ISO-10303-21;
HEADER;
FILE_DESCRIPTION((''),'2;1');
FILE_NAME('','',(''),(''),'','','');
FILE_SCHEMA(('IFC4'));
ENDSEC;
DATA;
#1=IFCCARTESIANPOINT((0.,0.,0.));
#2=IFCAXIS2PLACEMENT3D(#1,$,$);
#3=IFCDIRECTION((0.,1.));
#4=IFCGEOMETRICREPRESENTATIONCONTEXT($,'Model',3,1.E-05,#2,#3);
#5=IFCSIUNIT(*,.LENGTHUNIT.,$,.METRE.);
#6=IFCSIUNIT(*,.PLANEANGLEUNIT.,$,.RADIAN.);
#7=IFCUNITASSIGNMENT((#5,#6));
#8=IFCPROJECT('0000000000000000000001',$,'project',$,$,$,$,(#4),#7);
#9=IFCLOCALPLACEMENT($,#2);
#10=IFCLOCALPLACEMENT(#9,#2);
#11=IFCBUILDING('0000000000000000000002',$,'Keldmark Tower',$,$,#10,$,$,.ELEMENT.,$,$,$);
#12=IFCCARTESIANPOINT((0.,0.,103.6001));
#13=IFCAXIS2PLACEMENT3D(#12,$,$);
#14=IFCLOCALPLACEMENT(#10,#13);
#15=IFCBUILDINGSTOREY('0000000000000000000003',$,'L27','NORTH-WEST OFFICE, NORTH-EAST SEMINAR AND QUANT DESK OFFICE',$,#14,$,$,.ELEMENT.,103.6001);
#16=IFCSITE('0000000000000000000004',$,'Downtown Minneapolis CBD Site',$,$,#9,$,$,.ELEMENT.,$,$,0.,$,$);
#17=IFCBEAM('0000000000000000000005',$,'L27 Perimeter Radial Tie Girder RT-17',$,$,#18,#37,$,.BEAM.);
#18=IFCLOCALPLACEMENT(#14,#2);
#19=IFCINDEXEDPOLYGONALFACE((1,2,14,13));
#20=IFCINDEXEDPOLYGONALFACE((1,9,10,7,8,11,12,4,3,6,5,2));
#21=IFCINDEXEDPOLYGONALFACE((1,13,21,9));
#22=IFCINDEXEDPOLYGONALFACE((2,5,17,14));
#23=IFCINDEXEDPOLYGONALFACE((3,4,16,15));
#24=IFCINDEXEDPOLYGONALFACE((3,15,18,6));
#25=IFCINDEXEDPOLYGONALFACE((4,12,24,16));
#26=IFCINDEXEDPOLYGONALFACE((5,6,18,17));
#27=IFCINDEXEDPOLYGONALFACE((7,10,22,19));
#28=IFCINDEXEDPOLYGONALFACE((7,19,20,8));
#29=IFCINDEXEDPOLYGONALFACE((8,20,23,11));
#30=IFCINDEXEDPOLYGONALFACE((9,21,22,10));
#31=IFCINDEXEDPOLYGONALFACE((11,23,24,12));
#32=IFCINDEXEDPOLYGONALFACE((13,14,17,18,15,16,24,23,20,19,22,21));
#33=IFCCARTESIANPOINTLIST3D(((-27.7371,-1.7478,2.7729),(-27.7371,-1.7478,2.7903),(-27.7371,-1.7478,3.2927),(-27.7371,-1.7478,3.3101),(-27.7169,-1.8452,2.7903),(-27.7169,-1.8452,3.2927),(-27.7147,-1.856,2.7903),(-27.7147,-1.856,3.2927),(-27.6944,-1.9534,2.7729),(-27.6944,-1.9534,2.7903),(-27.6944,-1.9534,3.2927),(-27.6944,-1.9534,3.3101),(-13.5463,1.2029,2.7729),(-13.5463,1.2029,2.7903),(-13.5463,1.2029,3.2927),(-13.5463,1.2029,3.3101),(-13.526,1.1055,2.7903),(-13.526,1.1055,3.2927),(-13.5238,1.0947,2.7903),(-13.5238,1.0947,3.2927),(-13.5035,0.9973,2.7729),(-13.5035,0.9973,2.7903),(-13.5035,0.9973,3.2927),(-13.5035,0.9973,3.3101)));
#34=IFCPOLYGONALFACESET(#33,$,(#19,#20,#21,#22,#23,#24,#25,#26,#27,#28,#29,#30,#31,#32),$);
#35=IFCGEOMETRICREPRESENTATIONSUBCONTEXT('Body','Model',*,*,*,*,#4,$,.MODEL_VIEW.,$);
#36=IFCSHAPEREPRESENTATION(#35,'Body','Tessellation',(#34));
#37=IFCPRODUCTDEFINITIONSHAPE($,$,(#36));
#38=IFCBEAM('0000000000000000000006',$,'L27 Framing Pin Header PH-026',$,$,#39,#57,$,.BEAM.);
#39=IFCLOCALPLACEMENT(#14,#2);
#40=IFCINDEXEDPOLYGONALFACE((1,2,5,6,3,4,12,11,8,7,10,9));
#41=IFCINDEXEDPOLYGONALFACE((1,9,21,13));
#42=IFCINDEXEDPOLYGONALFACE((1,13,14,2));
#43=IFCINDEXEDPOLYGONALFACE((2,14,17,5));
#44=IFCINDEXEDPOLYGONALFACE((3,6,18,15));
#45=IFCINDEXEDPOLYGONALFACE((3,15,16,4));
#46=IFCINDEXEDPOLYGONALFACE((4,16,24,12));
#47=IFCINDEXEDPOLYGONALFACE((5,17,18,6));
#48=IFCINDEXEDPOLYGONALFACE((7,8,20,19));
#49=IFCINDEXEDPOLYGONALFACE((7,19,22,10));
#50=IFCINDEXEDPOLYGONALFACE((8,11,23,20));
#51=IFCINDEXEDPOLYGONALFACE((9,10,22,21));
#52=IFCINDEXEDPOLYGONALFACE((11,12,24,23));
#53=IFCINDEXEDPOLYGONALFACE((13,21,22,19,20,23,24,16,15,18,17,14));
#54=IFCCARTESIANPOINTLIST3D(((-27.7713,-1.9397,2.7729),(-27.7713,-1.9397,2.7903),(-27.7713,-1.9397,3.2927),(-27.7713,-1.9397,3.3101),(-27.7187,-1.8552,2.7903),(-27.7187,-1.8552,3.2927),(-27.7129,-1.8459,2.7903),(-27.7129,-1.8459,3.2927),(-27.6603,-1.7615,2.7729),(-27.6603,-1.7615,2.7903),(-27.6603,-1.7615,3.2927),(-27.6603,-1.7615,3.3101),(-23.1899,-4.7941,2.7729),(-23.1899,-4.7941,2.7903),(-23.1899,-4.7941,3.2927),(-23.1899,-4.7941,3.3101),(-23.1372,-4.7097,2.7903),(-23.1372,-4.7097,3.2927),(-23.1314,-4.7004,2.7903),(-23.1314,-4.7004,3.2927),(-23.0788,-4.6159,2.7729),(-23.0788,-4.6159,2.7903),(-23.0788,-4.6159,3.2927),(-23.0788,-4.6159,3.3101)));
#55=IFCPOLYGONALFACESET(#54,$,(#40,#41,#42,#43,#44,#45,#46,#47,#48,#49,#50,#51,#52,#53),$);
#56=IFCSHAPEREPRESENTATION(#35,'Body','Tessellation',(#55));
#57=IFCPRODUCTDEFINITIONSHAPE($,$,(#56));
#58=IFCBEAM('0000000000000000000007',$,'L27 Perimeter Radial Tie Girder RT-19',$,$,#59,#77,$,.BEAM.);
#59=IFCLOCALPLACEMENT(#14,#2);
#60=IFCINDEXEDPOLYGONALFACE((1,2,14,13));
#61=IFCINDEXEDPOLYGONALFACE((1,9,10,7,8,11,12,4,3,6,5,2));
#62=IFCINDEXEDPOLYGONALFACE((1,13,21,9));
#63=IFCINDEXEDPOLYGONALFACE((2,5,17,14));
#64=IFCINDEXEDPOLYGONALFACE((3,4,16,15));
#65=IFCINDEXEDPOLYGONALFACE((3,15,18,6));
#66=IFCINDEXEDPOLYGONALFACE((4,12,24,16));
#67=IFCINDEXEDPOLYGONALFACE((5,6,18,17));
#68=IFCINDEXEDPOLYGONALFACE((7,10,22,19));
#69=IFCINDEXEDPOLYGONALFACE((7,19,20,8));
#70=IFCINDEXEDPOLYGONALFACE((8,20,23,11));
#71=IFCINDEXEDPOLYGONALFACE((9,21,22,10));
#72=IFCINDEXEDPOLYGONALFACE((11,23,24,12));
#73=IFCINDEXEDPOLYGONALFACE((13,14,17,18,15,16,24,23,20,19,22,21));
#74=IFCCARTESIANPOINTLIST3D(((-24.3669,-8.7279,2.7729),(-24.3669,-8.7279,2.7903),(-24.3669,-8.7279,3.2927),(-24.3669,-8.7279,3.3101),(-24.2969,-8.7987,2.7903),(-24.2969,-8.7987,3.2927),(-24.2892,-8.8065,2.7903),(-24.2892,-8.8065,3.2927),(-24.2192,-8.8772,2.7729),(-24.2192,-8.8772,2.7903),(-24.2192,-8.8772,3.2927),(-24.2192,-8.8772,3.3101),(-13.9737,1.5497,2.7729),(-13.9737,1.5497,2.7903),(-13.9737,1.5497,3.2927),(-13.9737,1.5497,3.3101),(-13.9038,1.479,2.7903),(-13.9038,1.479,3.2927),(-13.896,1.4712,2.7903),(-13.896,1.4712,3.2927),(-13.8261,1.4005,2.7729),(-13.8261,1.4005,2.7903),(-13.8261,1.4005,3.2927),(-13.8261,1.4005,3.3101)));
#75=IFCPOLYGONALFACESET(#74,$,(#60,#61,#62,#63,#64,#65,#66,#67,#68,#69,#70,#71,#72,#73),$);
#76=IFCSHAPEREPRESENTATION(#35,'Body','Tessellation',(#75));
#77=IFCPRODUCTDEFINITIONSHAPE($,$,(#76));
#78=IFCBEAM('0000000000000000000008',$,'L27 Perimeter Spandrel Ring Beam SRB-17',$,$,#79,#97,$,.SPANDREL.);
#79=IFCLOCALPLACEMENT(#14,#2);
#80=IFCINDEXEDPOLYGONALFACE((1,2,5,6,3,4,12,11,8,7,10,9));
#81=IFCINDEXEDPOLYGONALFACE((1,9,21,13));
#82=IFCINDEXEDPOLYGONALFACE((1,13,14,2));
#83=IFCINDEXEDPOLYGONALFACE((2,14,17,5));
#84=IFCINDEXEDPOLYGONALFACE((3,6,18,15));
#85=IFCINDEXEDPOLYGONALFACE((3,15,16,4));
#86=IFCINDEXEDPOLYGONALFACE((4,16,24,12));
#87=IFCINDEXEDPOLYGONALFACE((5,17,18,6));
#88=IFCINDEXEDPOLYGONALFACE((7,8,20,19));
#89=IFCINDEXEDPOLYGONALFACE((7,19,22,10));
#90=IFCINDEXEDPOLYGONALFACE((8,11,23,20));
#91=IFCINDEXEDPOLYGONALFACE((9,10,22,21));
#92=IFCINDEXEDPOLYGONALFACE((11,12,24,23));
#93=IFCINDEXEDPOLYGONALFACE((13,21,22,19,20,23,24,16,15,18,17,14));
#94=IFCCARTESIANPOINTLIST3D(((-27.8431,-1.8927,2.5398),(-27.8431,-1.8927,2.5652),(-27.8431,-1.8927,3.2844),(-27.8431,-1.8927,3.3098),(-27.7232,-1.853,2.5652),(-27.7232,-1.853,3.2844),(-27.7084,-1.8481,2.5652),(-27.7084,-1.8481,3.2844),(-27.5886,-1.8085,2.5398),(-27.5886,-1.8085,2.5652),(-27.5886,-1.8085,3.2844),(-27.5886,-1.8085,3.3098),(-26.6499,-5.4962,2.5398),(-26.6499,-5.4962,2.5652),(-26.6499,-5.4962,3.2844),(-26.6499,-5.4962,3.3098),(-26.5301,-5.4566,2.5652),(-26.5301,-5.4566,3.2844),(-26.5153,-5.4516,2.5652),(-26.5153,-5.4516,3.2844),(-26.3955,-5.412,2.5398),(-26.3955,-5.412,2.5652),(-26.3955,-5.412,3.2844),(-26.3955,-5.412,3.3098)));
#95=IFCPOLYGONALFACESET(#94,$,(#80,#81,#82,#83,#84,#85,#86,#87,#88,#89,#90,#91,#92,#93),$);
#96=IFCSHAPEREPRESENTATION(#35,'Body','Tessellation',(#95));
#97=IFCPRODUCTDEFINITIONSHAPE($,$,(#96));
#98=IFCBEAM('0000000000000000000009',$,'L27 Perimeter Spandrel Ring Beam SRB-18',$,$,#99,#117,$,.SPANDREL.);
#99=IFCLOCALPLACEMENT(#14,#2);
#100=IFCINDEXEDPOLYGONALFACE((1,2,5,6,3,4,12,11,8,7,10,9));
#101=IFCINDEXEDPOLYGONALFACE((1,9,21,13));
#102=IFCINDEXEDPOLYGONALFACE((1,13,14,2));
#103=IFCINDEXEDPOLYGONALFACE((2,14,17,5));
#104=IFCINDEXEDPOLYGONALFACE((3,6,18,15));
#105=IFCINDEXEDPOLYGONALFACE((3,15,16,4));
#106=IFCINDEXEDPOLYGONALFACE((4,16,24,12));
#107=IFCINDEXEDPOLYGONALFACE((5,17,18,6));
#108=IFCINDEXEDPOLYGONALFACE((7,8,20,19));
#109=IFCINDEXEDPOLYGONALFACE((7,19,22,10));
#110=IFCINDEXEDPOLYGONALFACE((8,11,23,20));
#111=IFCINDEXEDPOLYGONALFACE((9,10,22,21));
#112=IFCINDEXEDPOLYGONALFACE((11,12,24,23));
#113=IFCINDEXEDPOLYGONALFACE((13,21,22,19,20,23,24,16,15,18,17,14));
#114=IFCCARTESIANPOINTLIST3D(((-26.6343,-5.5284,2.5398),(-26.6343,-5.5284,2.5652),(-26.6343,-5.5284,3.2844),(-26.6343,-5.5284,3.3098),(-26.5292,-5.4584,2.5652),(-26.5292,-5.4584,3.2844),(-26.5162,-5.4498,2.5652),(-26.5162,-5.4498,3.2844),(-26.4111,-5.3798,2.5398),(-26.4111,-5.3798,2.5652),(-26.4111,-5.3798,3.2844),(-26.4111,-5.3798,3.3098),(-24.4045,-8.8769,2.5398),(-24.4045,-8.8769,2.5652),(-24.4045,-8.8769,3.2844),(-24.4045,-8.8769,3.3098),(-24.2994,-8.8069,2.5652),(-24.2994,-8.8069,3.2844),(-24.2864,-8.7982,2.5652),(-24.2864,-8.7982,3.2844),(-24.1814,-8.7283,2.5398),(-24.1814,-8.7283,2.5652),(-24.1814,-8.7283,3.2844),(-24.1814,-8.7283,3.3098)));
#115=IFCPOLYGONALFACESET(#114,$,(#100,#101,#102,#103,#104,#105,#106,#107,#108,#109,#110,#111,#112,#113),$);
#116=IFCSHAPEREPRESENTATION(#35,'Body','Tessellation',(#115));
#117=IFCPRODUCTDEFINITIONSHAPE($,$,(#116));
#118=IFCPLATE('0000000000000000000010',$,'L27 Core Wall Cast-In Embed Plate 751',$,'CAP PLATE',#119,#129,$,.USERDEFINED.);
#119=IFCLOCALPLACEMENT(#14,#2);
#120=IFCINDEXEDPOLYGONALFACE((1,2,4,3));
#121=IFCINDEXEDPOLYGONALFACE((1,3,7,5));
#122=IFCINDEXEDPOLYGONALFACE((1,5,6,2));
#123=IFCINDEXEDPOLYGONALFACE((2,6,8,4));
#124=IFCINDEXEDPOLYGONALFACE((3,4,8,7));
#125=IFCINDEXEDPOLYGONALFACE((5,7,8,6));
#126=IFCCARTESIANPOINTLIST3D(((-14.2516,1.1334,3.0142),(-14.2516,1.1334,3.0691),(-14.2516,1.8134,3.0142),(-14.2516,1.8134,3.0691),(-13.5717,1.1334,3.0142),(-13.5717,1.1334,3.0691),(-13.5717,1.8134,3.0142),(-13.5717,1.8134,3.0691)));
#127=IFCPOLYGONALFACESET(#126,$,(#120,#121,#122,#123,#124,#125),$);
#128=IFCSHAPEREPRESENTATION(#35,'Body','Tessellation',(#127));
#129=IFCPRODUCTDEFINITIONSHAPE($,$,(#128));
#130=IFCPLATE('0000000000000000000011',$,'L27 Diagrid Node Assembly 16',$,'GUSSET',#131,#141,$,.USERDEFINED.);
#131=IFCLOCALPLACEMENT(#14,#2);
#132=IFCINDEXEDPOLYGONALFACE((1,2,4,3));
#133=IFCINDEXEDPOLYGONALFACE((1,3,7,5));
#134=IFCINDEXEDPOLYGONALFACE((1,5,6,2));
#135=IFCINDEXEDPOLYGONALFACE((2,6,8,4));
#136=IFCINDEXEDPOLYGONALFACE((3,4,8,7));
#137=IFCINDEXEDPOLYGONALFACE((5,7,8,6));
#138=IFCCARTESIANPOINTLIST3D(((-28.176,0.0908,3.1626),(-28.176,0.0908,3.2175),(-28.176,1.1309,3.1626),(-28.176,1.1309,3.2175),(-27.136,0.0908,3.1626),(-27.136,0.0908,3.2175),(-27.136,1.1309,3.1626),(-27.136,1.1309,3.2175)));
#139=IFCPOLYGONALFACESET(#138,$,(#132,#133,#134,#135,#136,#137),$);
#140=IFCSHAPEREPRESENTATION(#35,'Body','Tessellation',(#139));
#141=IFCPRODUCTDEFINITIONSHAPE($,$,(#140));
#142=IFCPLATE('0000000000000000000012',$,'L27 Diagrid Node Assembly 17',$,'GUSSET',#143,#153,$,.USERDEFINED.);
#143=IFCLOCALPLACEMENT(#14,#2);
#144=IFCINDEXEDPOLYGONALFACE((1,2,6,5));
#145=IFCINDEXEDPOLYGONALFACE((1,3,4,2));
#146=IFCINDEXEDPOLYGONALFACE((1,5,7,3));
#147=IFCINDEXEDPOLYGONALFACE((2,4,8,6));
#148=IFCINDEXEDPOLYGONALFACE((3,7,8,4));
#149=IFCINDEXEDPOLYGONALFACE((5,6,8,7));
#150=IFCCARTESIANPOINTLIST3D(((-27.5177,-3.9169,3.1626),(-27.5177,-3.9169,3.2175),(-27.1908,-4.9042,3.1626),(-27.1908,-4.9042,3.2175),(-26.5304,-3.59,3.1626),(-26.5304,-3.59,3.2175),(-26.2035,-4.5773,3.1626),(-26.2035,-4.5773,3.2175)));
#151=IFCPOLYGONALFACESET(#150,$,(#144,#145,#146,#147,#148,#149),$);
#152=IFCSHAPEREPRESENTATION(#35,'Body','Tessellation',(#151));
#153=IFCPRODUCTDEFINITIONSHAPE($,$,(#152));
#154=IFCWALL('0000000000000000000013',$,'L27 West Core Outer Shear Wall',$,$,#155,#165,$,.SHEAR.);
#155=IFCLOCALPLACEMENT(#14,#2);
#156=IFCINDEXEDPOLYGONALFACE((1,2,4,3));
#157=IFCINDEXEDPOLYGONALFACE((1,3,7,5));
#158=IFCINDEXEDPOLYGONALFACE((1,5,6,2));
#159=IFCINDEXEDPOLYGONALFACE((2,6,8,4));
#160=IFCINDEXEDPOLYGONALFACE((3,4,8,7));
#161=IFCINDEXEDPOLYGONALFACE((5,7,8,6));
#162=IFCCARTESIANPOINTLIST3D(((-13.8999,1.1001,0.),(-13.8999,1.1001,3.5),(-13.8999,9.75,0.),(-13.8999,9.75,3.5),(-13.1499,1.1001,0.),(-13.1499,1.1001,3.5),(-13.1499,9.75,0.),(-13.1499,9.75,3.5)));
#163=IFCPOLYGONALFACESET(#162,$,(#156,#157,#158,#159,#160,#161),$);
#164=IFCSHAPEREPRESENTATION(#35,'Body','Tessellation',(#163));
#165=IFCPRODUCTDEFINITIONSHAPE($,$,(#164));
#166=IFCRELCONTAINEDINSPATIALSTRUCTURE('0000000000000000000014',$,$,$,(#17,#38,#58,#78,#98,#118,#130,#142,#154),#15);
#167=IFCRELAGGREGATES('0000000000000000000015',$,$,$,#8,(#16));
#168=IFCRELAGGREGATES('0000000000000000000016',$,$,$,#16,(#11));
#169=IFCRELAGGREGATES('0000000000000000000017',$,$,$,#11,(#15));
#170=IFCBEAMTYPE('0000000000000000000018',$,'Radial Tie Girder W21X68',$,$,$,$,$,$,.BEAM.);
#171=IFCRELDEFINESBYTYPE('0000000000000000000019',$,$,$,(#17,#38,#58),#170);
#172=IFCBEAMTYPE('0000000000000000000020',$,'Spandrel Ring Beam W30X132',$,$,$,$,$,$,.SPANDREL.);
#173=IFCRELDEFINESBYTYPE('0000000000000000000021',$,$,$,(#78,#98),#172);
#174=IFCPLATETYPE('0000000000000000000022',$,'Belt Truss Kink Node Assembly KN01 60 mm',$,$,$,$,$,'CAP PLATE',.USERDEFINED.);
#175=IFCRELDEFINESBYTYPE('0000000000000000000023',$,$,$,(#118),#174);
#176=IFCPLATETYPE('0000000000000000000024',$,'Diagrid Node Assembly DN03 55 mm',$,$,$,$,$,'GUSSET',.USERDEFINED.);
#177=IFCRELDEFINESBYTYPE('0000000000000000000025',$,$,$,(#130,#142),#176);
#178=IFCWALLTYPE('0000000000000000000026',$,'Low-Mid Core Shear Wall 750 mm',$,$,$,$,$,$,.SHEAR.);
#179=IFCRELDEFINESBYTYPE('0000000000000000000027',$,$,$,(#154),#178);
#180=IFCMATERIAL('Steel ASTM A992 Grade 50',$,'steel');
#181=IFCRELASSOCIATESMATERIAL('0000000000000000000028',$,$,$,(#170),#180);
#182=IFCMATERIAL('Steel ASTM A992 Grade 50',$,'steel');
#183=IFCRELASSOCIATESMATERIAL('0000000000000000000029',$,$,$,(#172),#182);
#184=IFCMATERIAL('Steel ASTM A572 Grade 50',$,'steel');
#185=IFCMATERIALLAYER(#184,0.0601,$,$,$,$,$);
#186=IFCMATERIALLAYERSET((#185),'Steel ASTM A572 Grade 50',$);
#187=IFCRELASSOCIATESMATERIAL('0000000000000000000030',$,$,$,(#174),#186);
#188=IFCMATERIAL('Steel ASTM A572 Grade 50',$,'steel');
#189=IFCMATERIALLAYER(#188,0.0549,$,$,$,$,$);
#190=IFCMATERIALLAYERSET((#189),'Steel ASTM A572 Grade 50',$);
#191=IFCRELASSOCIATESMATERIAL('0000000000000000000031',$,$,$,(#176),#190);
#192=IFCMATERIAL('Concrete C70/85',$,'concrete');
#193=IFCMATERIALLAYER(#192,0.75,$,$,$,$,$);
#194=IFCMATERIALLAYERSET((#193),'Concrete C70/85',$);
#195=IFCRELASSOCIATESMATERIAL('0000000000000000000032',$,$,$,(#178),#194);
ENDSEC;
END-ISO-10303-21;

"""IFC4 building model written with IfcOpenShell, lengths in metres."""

from ifc_helpers import new_model, si_unit, direction, frame, frame_2d, origin, origin_2d, place, context, subcontext, project, spatial, rectangle, i_section, extrude, material, layer, layer_set, material_profile, profile_set, type_object, element, save


model = new_model("IFC4")

# Units and contexts
model_context = context("Model", 3, precision=1e-05, world=origin(), true_north=direction((0.0, 1.0)))
body_context = subcontext(model_context, "Body", "Model", "MODEL_VIEW")
ifc_project = project(units=[si_unit("LENGTHUNIT", "METRE"), si_unit("PLANEANGLEUNIT", "RADIAN")], contexts=[model_context])

# Site, building, storey
site_placement = place(None, origin())
site = spatial("IfcSite", under=ifc_project, at=site_placement, Name="Downtown Minneapolis CBD Site", CompositionType="ELEMENT", RefElevation=0.0)
building_placement = place(site_placement, origin())
building = spatial("IfcBuilding", under=site, at=building_placement, Name="Keldmark Tower", CompositionType="ELEMENT")
storey_placement = place(building_placement, frame((0.0, 0.0, 103.6001)))
storey = spatial("IfcBuildingStorey", under=building, at=storey_placement, Name="L27", Description="NORTH-WEST OFFICE, NORTH-EAST SEMINAR AND QUANT DESK OFFICE", CompositionType="ELEMENT", Elevation=103.6001)

# Beams
ifc_material_1 = material(Name="Steel ASTM A992 Grade 50", Category="steel")
ifc_material_profile_1 = material_profile(ifc_material_1, i_section(OverallWidth=0.21, OverallDepth=0.5371, WebThickness=0.011, FlangeThickness=0.0173, at=origin_2d()), Name="W21X68")
ifc_profile_set_1 = profile_set([ifc_material_profile_1], Name="Steel ASTM A992 Grade 50")
beam_type_1 = type_object("IfcBeamType", Name="Radial Tie Girder W21X68", PredefinedType="BEAM", material=ifc_profile_set_1)
beam_1_placement = place(storey_placement, frame((-13.5249, 1.1001, 3.0415), z_axis=(-0.97906, -0.203574, 0.0), x_axis=(0.203574, -0.97906, 0.0)))
element("IfcBeam", 1, at=beam_1_placement, inside=storey, type_object=beam_type_1, Name="L27 Perimeter Radial Tie Girder RT-17", PredefinedType="BEAM", context=body_context, shape_type="SweptSolid", body=[
    extrude(i_section(OverallWidth=0.21, OverallDepth=0.5371, WebThickness=0.011, FlangeThickness=0.0173, at=origin_2d()), origin(), (0.0, 0.0, 1.0), 14.4944),
])
beam_2_placement = place(storey_placement, frame((-27.7158, -1.8506, 3.0415), z_axis=(0.848744, -0.528803, 0.0), x_axis=(0.528803, 0.848744, 0.0)))
element("IfcBeam", 2, at=beam_2_placement, inside=storey, type_object=beam_type_1, Name="L27 Framing Pin Header PH-026", PredefinedType="BEAM", context=body_context, shape_type="SweptSolid", body=[
    extrude(i_section(OverallWidth=0.21, OverallDepth=0.5371, WebThickness=0.011, FlangeThickness=0.0173, at=origin_2d()), origin(), (0.0, 0.0, 1.0), 5.3979),
])
beam_3_placement = place(storey_placement, frame((-13.8999, 1.4751, 3.0415), z_axis=(-0.711046, -0.703145, 0.0), x_axis=(0.703145, -0.711046, 0.0)))
element("IfcBeam", 3, at=beam_3_placement, inside=storey, type_object=beam_type_1, Name="L27 Perimeter Radial Tie Girder RT-19", PredefinedType="BEAM", context=body_context, shape_type="SweptSolid", body=[
    extrude(i_section(OverallWidth=0.21, OverallDepth=0.5371, WebThickness=0.011, FlangeThickness=0.0173, at=origin_2d()), origin(), (0.0, 0.0, 1.0), 14.6167),
])
ifc_material_2 = material(Name="Steel ASTM A992 Grade 50", Category="steel")
ifc_material_profile_2 = material_profile(ifc_material_2, i_section(OverallWidth=0.2681, OverallDepth=0.77, WebThickness=0.0156, FlangeThickness=0.0254, at=origin_2d()), Name="W30X132")
ifc_profile_set_2 = profile_set([ifc_material_profile_2], Name="Steel ASTM A992 Grade 50")
beam_type_2 = type_object("IfcBeamType", Name="Spandrel Ring Beam W30X132", PredefinedType="SPANDREL", material=ifc_profile_set_2)
beam_4_placement = place(storey_placement, frame((-27.7158, -1.8506, 2.9248), z_axis=(0.314317, -0.949318, 0.0), x_axis=(0.949318, 0.314317, 0.0)))
element("IfcBeam", 4, at=beam_4_placement, inside=storey, type_object=beam_type_2, Name="L27 Perimeter Spandrel Ring Beam SRB-17", PredefinedType="SPANDREL", context=body_context, shape_type="SweptSolid", body=[
    extrude(i_section(OverallWidth=0.2681, OverallDepth=0.77, WebThickness=0.0156, FlangeThickness=0.0254, at=origin_2d()), origin(), (0.0, 0.0, 1.0), 3.7959),
])
beam_5_placement = place(storey_placement, frame((-26.5227, -5.4541, 2.9248), z_axis=(0.554266, -0.83234, 0.0), x_axis=(0.83234, 0.554266, 0.0)))
element("IfcBeam", 5, at=beam_5_placement, inside=storey, type_object=beam_type_2, Name="L27 Perimeter Spandrel Ring Beam SRB-18", PredefinedType="SPANDREL", context=body_context, shape_type="SweptSolid", body=[
    extrude(i_section(OverallWidth=0.2681, OverallDepth=0.77, WebThickness=0.0156, FlangeThickness=0.0254, at=origin_2d()), origin(), (0.0, 0.0, 1.0), 4.0229),
])

# Plates
ifc_material_3 = material(Name="Steel ASTM A572 Grade 50", Category="steel")
ifc_layer_1 = layer(ifc_material_3, 0.0601)
ifc_layer_set_1 = layer_set([ifc_layer_1], Name="Steel ASTM A572 Grade 50")
plate_type_1 = type_object("IfcPlateType", Name="Belt Truss Kink Node Assembly KN01 60 mm", ElementType="CAP PLATE", PredefinedType="USERDEFINED", material=ifc_layer_set_1)
plate_placement = place(storey_placement, frame((-13.9116, 1.4734, 3.0142), z_axis=(0.0, 0.0, 1.0), x_axis=(1.0, 0.0, 0.0)))
element("IfcPlate", 6, at=plate_placement, inside=storey, type_object=plate_type_1, Name="L27 Core Wall Cast-In Embed Plate 751", ObjectType="CAP PLATE", PredefinedType="USERDEFINED", context=body_context, shape_type="SweptSolid", body=[
    extrude(rectangle(XDim=0.6799, YDim=0.6799, at=origin_2d()), origin(), (0.0, 0.0, 1.0), 0.0549),
])
ifc_material_4 = material(Name="Steel ASTM A572 Grade 50", Category="steel")
ifc_layer_2 = layer(ifc_material_4, 0.0549)
ifc_layer_set_2 = layer_set([ifc_layer_2], Name="Steel ASTM A572 Grade 50")
plate_type_2 = type_object("IfcPlateType", Name="Diagrid Node Assembly DN03 55 mm", ElementType="GUSSET", PredefinedType="USERDEFINED", material=ifc_layer_set_2)
for number, where, z_axis, x_axis, name in (
    (7, (-27.656, 0.6108, 3.1626), (0.0, 0.0, 1.0), (0.0, -1.0, 0.0), "L27 Diagrid Node Assembly 16"),
    (8, (-26.8606, -4.2471, 3.1626), (0.0, 0.0, 1.0), (0.314324, -0.949316, 0.0), "L27 Diagrid Node Assembly 17"),
):
    element("IfcPlate", number, at=place(storey_placement, frame(where, z_axis=z_axis, x_axis=x_axis)), inside=storey, type_object=plate_type_2, Name=name, ObjectType="GUSSET", PredefinedType="USERDEFINED", context=body_context, shape_type="SweptSolid", body=[
        extrude(rectangle(XDim=1.04, YDim=1.04, at=origin_2d()), origin(), (0.0, 0.0, 1.0), 0.0549),
    ])

# Wall
ifc_material_5 = material(Name="Concrete C70/85", Category="concrete")
ifc_layer_3 = layer(ifc_material_5, 0.75)
ifc_layer_set_3 = layer_set([ifc_layer_3], Name="Concrete C70/85")
wall_type_1 = type_object("IfcWallType", Name="Low-Mid Core Shear Wall 750 mm", PredefinedType="SHEAR", material=ifc_layer_set_3)
wall_1_placement = place(storey_placement, frame((-13.5249, 1.1001, 0.0), z_axis=(0.0, 0.0, 1.0), x_axis=(0.0, 1.0, 0.0)))
element("IfcWall", 9, at=wall_1_placement, inside=storey, type_object=wall_type_1, Name="L27 West Core Outer Shear Wall", PredefinedType="SHEAR", context=body_context, shape_type="SweptSolid", body=[
    extrude(rectangle(XDim=8.6499, YDim=0.75, at=frame_2d((4.325, 0.0))), origin(), (0.0, 0.0, 1.0), 3.5),
])

save(model, "model.ifc")
